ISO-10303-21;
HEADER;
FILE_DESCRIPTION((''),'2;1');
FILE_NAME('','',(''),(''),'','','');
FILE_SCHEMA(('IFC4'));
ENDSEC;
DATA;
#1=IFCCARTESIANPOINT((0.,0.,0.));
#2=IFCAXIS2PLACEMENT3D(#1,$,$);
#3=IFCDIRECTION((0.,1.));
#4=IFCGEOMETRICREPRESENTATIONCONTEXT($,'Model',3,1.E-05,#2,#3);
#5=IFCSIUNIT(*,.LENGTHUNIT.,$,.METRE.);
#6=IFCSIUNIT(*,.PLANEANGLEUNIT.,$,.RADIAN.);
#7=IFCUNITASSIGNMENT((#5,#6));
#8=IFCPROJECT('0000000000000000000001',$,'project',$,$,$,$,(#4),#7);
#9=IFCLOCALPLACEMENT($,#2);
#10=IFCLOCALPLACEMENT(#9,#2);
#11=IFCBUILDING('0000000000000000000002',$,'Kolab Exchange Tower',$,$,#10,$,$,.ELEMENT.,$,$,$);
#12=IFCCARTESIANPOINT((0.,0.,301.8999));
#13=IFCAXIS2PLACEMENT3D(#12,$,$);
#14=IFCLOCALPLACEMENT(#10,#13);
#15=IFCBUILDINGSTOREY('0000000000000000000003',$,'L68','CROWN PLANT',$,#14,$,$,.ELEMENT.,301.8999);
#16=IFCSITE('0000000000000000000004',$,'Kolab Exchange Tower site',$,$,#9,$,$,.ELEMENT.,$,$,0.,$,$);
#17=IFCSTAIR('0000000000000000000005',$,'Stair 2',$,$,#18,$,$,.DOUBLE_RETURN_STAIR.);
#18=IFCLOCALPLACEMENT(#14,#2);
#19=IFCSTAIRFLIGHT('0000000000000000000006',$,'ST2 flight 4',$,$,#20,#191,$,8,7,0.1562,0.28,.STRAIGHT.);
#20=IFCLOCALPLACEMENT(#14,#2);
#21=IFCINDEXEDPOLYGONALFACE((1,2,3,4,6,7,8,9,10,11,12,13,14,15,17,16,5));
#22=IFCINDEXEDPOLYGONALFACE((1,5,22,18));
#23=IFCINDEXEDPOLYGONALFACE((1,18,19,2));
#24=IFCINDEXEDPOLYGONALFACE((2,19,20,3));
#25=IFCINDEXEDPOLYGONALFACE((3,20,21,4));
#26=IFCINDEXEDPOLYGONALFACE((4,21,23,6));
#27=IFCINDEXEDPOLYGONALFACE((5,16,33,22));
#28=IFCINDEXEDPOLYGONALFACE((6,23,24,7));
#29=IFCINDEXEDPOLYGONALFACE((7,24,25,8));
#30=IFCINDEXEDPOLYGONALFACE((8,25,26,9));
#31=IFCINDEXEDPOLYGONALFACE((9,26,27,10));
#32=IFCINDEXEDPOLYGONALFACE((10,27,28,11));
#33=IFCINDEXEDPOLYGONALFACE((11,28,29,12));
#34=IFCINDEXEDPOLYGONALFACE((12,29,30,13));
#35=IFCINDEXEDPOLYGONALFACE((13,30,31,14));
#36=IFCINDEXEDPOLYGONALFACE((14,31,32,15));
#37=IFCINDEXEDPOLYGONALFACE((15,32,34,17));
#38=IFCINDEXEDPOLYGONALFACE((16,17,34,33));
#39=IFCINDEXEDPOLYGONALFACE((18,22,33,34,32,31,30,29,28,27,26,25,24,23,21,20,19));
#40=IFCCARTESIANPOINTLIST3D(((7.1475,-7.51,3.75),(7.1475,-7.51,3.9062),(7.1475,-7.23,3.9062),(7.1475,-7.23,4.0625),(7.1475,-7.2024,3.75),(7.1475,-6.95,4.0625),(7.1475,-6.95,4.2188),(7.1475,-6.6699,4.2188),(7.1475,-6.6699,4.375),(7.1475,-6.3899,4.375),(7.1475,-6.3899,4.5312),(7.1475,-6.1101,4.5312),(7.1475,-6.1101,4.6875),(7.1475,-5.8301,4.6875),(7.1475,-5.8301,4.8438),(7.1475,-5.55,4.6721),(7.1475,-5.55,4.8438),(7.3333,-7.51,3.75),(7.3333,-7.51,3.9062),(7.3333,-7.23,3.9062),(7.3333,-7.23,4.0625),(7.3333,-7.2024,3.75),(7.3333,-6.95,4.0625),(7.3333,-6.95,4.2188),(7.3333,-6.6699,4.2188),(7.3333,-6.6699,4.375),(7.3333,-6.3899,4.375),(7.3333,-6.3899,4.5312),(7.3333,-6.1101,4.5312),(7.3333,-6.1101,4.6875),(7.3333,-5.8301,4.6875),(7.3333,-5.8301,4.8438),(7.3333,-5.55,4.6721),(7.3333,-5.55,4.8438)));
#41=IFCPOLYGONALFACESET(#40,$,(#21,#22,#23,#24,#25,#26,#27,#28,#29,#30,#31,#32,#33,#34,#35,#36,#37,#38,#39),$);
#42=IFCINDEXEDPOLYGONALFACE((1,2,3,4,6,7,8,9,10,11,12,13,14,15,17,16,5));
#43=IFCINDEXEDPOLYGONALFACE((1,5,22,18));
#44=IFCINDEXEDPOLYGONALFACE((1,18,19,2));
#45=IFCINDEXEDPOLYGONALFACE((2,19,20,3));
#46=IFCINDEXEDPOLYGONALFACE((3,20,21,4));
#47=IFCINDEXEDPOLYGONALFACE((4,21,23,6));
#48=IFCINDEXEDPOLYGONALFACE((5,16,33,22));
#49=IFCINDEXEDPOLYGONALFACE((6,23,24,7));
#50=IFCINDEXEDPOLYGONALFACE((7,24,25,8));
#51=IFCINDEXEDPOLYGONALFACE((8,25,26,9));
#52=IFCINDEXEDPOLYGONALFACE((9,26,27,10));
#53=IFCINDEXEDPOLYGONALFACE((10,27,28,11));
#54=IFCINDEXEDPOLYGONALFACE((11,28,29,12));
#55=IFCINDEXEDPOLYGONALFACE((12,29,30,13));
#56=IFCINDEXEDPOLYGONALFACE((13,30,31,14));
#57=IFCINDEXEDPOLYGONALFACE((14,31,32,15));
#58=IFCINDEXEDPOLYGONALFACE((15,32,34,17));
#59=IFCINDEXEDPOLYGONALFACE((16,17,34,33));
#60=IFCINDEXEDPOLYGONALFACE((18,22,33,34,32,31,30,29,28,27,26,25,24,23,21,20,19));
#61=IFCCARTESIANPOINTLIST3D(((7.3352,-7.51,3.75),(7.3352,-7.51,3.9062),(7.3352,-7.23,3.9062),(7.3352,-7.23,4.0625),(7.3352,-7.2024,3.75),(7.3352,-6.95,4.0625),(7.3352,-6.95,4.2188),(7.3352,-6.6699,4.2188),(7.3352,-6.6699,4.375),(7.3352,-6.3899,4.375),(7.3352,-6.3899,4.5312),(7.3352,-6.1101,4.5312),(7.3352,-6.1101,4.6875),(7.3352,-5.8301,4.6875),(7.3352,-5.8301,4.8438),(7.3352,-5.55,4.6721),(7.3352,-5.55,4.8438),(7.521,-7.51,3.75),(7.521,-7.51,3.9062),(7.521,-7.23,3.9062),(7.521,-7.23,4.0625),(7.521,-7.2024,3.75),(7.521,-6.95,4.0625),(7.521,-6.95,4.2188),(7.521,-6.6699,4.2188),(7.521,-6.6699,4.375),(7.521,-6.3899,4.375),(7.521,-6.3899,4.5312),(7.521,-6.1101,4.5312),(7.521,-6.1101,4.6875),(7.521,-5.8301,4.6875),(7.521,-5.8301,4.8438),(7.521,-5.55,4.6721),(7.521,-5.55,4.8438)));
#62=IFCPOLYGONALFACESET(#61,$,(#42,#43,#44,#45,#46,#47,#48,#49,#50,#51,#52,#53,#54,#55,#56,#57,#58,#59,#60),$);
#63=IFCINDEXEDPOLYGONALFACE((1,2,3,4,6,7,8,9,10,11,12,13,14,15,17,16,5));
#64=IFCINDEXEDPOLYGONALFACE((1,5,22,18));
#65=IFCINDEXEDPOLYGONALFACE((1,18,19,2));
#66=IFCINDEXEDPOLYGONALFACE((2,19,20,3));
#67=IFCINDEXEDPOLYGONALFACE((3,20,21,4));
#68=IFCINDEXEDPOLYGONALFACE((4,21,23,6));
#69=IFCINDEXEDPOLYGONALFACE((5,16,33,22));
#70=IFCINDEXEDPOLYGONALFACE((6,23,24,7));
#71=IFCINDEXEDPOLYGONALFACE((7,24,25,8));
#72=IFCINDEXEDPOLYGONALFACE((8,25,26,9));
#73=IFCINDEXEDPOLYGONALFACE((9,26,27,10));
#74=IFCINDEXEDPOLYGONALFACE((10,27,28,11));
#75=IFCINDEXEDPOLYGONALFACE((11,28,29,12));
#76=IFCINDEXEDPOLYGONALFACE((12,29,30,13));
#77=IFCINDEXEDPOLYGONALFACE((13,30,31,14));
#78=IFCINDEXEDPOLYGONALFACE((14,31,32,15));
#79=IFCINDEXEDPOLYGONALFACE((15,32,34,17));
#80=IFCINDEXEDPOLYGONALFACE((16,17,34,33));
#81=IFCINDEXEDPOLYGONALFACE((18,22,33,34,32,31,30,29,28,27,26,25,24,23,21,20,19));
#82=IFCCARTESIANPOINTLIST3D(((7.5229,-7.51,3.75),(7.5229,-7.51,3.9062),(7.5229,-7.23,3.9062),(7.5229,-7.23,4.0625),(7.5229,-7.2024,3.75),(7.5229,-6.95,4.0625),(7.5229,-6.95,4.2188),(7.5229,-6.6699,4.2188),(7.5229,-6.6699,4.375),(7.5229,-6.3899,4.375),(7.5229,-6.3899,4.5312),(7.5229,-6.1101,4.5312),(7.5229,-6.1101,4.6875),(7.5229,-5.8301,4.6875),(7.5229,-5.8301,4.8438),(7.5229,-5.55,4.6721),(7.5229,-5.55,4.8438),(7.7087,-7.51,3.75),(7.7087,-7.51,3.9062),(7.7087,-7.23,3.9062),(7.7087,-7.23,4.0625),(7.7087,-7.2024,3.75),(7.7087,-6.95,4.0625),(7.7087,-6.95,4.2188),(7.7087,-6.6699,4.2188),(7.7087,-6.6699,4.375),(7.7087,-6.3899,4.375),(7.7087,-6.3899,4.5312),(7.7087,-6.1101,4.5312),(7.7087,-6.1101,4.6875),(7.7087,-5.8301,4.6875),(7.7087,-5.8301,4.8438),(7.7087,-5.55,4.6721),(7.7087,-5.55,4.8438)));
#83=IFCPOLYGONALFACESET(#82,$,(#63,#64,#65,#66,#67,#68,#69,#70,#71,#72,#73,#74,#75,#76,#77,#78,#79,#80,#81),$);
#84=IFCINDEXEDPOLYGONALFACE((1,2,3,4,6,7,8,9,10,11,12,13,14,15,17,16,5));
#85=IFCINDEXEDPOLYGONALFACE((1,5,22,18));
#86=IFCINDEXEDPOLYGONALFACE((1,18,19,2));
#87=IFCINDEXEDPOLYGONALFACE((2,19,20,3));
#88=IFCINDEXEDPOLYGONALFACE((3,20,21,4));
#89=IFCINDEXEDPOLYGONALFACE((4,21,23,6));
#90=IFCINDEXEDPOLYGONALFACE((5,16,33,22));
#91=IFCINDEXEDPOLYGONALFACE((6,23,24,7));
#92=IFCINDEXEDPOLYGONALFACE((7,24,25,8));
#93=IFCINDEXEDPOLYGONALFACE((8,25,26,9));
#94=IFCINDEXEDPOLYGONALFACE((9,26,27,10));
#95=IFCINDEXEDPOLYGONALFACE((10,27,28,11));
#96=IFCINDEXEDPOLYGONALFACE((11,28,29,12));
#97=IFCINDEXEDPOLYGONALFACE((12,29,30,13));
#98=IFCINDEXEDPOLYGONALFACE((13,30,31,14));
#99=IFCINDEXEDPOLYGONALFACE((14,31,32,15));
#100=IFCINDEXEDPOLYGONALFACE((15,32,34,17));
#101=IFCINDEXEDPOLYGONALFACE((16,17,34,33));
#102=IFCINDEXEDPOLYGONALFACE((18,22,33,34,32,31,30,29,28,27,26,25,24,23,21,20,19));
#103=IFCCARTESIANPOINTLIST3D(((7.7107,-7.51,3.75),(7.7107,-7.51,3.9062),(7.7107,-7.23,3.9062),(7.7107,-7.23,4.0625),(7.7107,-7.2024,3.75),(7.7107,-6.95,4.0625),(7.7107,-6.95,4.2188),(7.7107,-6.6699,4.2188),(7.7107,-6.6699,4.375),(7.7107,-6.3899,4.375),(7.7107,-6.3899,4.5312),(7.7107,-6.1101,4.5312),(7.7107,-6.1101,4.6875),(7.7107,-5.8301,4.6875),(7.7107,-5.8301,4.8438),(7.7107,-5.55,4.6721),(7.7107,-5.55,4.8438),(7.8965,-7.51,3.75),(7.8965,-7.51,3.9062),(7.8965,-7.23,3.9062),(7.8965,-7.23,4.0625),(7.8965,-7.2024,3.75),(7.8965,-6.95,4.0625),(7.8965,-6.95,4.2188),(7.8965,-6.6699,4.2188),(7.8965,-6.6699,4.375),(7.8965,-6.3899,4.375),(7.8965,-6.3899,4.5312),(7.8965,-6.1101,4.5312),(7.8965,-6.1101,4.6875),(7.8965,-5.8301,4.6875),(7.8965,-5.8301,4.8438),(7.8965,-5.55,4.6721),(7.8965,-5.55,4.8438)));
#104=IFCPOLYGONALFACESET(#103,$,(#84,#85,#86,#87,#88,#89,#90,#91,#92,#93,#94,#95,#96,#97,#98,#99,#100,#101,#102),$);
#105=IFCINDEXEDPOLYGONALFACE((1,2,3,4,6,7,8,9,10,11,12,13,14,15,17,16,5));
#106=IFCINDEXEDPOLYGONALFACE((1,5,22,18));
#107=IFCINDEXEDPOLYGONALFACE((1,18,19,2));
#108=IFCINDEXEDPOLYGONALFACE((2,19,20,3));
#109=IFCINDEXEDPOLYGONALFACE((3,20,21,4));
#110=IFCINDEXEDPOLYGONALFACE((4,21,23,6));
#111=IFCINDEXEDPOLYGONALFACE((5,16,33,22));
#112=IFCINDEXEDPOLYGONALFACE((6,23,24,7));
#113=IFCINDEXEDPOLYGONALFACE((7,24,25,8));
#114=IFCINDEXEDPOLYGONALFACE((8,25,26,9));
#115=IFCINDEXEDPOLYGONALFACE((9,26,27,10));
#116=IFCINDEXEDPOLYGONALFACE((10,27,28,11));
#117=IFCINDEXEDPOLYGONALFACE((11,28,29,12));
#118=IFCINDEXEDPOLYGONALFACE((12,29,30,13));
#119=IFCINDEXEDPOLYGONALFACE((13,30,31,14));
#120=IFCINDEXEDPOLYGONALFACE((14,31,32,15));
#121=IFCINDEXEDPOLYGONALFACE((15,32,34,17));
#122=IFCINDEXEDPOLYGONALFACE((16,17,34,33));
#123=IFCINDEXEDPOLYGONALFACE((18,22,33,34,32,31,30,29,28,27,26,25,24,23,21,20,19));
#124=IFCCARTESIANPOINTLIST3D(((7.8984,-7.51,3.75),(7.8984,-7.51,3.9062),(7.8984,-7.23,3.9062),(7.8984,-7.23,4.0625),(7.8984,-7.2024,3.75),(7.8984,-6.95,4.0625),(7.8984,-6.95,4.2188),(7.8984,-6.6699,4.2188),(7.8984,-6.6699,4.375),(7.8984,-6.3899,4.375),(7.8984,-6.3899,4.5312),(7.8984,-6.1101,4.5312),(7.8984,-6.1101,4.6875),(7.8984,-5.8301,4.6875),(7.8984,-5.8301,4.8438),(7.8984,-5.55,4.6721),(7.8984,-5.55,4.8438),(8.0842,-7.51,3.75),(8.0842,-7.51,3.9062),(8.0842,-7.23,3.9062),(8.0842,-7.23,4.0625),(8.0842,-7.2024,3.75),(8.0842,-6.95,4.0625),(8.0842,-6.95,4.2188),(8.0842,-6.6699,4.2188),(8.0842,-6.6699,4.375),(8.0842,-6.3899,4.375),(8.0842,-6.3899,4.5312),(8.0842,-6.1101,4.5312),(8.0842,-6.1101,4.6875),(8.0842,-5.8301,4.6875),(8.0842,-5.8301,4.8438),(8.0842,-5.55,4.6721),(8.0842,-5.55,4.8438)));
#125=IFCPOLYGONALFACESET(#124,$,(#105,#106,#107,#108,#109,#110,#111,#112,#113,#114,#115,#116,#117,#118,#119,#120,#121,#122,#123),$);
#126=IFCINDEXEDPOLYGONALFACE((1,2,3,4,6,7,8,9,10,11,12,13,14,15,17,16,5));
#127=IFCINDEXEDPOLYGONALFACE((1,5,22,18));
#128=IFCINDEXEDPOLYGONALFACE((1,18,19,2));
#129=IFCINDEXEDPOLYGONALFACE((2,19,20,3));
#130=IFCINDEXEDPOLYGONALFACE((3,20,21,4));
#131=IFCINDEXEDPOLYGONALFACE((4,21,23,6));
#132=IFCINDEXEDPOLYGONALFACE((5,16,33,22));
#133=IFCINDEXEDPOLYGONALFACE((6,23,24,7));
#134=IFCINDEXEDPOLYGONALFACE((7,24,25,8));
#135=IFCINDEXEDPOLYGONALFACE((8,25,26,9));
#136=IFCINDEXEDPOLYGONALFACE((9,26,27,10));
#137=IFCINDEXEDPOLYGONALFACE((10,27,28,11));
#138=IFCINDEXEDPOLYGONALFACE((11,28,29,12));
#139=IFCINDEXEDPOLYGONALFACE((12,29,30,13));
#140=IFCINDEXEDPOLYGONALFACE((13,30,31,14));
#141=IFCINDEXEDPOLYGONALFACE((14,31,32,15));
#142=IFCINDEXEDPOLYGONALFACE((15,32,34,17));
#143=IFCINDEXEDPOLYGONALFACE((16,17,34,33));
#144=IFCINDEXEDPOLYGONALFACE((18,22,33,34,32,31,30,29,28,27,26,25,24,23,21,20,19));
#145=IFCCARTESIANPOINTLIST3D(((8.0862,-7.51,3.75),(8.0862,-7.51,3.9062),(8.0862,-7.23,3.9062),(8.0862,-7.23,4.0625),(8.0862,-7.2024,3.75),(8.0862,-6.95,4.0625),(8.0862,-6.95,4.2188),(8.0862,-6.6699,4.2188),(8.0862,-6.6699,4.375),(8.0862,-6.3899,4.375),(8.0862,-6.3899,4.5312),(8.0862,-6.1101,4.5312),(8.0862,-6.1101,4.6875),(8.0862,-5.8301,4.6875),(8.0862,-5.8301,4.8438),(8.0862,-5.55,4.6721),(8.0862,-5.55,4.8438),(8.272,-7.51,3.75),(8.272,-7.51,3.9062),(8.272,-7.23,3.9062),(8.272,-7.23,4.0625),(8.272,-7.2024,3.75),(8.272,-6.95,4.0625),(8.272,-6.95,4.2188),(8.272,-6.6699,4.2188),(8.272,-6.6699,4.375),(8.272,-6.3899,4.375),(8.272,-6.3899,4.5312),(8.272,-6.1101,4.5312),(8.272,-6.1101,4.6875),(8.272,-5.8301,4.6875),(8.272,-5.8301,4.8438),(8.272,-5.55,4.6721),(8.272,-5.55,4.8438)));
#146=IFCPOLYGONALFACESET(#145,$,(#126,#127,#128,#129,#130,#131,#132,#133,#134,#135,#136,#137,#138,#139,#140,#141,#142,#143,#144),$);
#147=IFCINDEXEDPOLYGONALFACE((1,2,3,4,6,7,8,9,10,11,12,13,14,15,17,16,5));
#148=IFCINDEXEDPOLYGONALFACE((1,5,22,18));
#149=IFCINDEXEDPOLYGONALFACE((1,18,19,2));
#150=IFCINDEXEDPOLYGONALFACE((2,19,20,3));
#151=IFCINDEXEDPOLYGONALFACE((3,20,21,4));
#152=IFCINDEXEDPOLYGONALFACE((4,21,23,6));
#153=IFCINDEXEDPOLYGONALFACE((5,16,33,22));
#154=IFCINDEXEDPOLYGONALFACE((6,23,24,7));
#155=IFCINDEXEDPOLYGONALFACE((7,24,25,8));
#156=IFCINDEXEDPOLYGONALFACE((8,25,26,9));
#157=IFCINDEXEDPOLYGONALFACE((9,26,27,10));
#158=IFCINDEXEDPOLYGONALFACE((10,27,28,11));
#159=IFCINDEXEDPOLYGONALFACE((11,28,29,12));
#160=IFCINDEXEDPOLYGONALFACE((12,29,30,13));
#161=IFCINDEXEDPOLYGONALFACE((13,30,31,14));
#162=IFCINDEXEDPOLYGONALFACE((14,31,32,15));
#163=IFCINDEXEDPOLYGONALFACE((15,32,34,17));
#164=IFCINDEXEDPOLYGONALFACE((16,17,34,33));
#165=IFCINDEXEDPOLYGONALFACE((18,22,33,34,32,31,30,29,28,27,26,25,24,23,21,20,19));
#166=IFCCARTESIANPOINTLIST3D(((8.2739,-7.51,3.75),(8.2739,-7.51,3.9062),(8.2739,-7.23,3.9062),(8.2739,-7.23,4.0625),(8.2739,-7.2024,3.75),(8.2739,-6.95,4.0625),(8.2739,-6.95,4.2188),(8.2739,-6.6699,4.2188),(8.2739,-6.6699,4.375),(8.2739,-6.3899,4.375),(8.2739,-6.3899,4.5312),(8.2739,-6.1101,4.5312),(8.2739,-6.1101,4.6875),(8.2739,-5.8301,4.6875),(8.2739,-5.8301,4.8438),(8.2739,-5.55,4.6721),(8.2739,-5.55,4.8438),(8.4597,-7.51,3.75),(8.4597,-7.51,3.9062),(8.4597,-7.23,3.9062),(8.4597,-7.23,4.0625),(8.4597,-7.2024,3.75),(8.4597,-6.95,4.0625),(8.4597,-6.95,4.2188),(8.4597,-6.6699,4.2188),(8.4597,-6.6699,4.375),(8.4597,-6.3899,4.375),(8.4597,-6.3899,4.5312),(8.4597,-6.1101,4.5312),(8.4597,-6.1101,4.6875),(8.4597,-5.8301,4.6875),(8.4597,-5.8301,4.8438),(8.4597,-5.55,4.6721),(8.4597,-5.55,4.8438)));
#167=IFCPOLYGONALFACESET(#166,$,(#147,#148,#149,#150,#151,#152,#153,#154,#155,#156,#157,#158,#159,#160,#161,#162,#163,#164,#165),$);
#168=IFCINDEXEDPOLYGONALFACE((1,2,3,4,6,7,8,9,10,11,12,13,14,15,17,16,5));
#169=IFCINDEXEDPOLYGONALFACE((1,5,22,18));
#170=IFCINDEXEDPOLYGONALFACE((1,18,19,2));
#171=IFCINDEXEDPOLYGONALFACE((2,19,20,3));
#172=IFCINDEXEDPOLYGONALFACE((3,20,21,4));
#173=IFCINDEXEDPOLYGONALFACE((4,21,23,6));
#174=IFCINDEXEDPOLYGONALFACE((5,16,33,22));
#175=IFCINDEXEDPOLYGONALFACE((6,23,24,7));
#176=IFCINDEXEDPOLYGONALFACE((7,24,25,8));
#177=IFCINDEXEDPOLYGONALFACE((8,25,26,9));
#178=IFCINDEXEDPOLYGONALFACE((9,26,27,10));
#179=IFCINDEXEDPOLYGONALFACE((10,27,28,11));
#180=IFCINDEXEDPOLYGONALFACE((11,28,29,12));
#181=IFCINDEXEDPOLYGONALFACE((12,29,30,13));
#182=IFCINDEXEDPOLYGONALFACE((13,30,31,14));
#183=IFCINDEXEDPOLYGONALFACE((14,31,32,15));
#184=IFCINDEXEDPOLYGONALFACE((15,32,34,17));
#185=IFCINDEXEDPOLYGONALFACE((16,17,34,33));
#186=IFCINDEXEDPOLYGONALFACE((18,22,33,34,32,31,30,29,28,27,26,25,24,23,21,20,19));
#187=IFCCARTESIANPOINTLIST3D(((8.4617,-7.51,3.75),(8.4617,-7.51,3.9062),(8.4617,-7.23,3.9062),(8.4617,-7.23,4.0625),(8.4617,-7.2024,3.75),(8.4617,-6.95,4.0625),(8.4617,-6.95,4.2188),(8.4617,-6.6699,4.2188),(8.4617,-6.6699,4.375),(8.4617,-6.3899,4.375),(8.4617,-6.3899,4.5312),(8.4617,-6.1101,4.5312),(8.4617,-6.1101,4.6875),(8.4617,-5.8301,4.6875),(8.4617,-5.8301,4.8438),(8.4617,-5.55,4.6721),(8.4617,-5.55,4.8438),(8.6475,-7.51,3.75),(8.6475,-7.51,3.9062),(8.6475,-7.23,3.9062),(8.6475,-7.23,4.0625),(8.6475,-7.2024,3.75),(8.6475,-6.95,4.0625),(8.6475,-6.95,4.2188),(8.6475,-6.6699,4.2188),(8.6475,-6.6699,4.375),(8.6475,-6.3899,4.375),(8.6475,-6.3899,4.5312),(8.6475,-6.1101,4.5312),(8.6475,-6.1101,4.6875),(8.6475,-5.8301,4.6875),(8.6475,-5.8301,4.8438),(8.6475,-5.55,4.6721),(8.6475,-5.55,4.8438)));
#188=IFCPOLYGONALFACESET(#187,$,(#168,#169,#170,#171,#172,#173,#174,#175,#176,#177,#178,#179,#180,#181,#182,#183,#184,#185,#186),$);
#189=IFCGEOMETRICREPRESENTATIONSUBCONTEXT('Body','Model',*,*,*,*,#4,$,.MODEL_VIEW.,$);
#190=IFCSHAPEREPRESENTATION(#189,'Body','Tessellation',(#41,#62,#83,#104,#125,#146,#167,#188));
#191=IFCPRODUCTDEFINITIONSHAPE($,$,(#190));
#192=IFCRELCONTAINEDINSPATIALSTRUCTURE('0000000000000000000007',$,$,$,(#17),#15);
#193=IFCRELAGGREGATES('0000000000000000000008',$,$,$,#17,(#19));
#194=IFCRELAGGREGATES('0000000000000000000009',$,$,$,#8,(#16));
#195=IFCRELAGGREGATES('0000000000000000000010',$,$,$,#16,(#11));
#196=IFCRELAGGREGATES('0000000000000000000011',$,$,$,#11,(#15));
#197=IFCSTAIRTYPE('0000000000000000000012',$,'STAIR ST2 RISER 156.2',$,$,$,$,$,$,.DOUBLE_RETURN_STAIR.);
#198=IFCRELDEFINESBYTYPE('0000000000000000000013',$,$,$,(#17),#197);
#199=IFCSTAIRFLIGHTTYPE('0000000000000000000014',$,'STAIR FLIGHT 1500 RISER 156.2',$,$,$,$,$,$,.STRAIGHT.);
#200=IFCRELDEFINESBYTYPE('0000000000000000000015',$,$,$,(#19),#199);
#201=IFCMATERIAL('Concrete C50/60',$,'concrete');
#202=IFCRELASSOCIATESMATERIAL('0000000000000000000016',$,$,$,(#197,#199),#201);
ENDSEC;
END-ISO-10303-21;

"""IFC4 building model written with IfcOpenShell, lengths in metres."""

from ifc_helpers import new_model, si_unit, direction, frame, origin, place, context, subcontext, project, spatial, polyline, outline, extrude, material, type_object, element, aggregate, save


model = new_model("IFC4")

# Units and contexts
model_context = context("Model", 3, precision=1e-05, world=origin(), true_north=direction((0.0, 1.0)))
body_context = subcontext(model_context, "Body", "Model", "MODEL_VIEW")
ifc_project = project(units=[si_unit("LENGTHUNIT", "METRE"), si_unit("PLANEANGLEUNIT", "RADIAN")], contexts=[model_context])

# Site, building, storey
site_placement = place(None, origin())
site = spatial("IfcSite", under=ifc_project, at=site_placement, Name="Kolab Exchange Tower site", CompositionType="ELEMENT", RefElevation=0.0)
building_placement = place(site_placement, origin())
building = spatial("IfcBuilding", under=site, at=building_placement, Name="Kolab Exchange Tower", CompositionType="ELEMENT")
storey_placement = place(building_placement, frame((0.0, 0.0, 301.8999)))
storey = spatial("IfcBuildingStorey", under=building, at=storey_placement, Name="L68", Description="CROWN PLANT", CompositionType="ELEMENT", Elevation=301.8999)

# Shared definitions
ifc_material_1 = material(Name="Concrete C50/60", Category="concrete")

# Stair, stair flight
stair_type = type_object("IfcStairType", Name="STAIR ST2 RISER 156.2", PredefinedType="DOUBLE_RETURN_STAIR", material=ifc_material_1)
stair_placement = place(storey_placement, origin())
stair = element("IfcStair", 1, at=stair_placement, inside=storey, type_object=stair_type, Name="Stair 2", PredefinedType="DOUBLE_RETURN_STAIR")
stair_flight_type = type_object("IfcStairFlightType", Name="STAIR FLIGHT 1500 RISER 156.2", PredefinedType="STRAIGHT", material=ifc_material_1)
stair_flight_1_placement = place(storey_placement, frame((7.8975, -7.51, 3.75), z_axis=(0.0, 0.0, 1.0), x_axis=(0.0, 1.0, 0.0)))
stair_flight_1 = element("IfcStairFlight", 2, at=stair_flight_1_placement, type_object=stair_flight_type, Name="ST2 flight 4", NumberOfRisers=8, NumberOfTreads=7, PredefinedType="STRAIGHT", RiserHeight=0.1562, TreadLength=0.28, context=body_context, shape_type="SweptSolid", body=[
    extrude(outline(polyline([(0.0, 0.0), (0.0, 0.1562), (0.28, 0.1562), (0.28, 0.3125), (0.5601, 0.3125), (0.5601, 0.4688), (0.8401, 0.4688), (0.8401, 0.625), (1.1201, 0.625), (1.1201, 0.7812), (1.3999, 0.7812), (1.3999, 0.9375), (1.6799, 0.9375), (1.6799, 1.0938), (1.96, 1.0938), (1.96, 1.25), (1.96, 0.9221), (0.3076, 0.0), (0.0, 0.0)])), frame((0.0, 0.75, 0.0), z_axis=(0.0, -1.0, 0.0), x_axis=(1.0, 0.0, 0.0)), (0.0, 0.0, 1.0), 0.1858),
    extrude(outline(polyline([(0.0, 0.0), (0.0, 0.1562), (0.28, 0.1562), (0.28, 0.3125), (0.5601, 0.3125), (0.5601, 0.4688), (0.8401, 0.4688), (0.8401, 0.625), (1.1201, 0.625), (1.1201, 0.7812), (1.3999, 0.7812), (1.3999, 0.9375), (1.6799, 0.9375), (1.6799, 1.0938), (1.96, 1.0938), (1.96, 1.25), (1.96, 0.9221), (0.3076, 0.0), (0.0, 0.0)])), frame((0.0, 0.5623, 0.0), z_axis=(0.0, -1.0, 0.0), x_axis=(1.0, 0.0, 0.0)), (0.0, 0.0, 1.0), 0.1858),
    extrude(outline(polyline([(0.0, 0.0), (0.0, 0.1562), (0.28, 0.1562), (0.28, 0.3125), (0.5601, 0.3125), (0.5601, 0.4688), (0.8401, 0.4688), (0.8401, 0.625), (1.1201, 0.625), (1.1201, 0.7812), (1.3999, 0.7812), (1.3999, 0.9375), (1.6799, 0.9375), (1.6799, 1.0938), (1.96, 1.0938), (1.96, 1.25), (1.96, 0.9221), (0.3076, 0.0), (0.0, 0.0)])), frame((0.0, 0.3745, 0.0), z_axis=(0.0, -1.0, 0.0), x_axis=(1.0, 0.0, 0.0)), (0.0, 0.0, 1.0), 0.1858),
    extrude(outline(polyline([(0.0, 0.0), (0.0, 0.1562), (0.28, 0.1562), (0.28, 0.3125), (0.5601, 0.3125), (0.5601, 0.4688), (0.8401, 0.4688), (0.8401, 0.625), (1.1201, 0.625), (1.1201, 0.7812), (1.3999, 0.7812), (1.3999, 0.9375), (1.6799, 0.9375), (1.6799, 1.0938), (1.96, 1.0938), (1.96, 1.25), (1.96, 0.9221), (0.3076, 0.0), (0.0, 0.0)])), frame((0.0, 0.1868, 0.0), z_axis=(0.0, -1.0, 0.0), x_axis=(1.0, 0.0, 0.0)), (0.0, 0.0, 1.0), 0.1858),
    extrude(outline(polyline([(0.0, 0.0), (0.0, 0.1562), (0.28, 0.1562), (0.28, 0.3125), (0.5601, 0.3125), (0.5601, 0.4688), (0.8401, 0.4688), (0.8401, 0.625), (1.1201, 0.625), (1.1201, 0.7812), (1.3999, 0.7812), (1.3999, 0.9375), (1.6799, 0.9375), (1.6799, 1.0938), (1.96, 1.0938), (1.96, 1.25), (1.96, 0.9221), (0.3076, 0.0), (0.0, 0.0)])), frame((0.0, -0.001, 0.0), z_axis=(0.0, -1.0, 0.0), x_axis=(1.0, 0.0, 0.0)), (0.0, 0.0, 1.0), 0.1858),
    extrude(outline(polyline([(0.0, 0.0), (0.0, 0.1562), (0.28, 0.1562), (0.28, 0.3125), (0.5601, 0.3125), (0.5601, 0.4688), (0.8401, 0.4688), (0.8401, 0.625), (1.1201, 0.625), (1.1201, 0.7812), (1.3999, 0.7812), (1.3999, 0.9375), (1.6799, 0.9375), (1.6799, 1.0938), (1.96, 1.0938), (1.96, 1.25), (1.96, 0.9221), (0.3076, 0.0), (0.0, 0.0)])), frame((0.0, -0.1887, 0.0), z_axis=(0.0, -1.0, 0.0), x_axis=(1.0, 0.0, 0.0)), (0.0, 0.0, 1.0), 0.1858),
    extrude(outline(polyline([(0.0, 0.0), (0.0, 0.1562), (0.28, 0.1562), (0.28, 0.3125), (0.5601, 0.3125), (0.5601, 0.4688), (0.8401, 0.4688), (0.8401, 0.625), (1.1201, 0.625), (1.1201, 0.7812), (1.3999, 0.7812), (1.3999, 0.9375), (1.6799, 0.9375), (1.6799, 1.0938), (1.96, 1.0938), (1.96, 1.25), (1.96, 0.9221), (0.3076, 0.0), (0.0, 0.0)])), frame((0.0, -0.3765, 0.0), z_axis=(0.0, -1.0, 0.0), x_axis=(1.0, 0.0, 0.0)), (0.0, 0.0, 1.0), 0.1858),
    extrude(outline(polyline([(0.0, 0.0), (0.0, 0.1562), (0.28, 0.1562), (0.28, 0.3125), (0.5601, 0.3125), (0.5601, 0.4688), (0.8401, 0.4688), (0.8401, 0.625), (1.1201, 0.625), (1.1201, 0.7812), (1.3999, 0.7812), (1.3999, 0.9375), (1.6799, 0.9375), (1.6799, 1.0938), (1.96, 1.0938), (1.96, 1.25), (1.96, 0.9221), (0.3076, 0.0), (0.0, 0.0)])), frame((0.0, -0.5642, 0.0), z_axis=(0.0, -1.0, 0.0), x_axis=(1.0, 0.0, 0.0)), (0.0, 0.0, 1.0), 0.1858),
])
aggregate(stair, [stair_flight_1])

save(model, "model.ifc")
